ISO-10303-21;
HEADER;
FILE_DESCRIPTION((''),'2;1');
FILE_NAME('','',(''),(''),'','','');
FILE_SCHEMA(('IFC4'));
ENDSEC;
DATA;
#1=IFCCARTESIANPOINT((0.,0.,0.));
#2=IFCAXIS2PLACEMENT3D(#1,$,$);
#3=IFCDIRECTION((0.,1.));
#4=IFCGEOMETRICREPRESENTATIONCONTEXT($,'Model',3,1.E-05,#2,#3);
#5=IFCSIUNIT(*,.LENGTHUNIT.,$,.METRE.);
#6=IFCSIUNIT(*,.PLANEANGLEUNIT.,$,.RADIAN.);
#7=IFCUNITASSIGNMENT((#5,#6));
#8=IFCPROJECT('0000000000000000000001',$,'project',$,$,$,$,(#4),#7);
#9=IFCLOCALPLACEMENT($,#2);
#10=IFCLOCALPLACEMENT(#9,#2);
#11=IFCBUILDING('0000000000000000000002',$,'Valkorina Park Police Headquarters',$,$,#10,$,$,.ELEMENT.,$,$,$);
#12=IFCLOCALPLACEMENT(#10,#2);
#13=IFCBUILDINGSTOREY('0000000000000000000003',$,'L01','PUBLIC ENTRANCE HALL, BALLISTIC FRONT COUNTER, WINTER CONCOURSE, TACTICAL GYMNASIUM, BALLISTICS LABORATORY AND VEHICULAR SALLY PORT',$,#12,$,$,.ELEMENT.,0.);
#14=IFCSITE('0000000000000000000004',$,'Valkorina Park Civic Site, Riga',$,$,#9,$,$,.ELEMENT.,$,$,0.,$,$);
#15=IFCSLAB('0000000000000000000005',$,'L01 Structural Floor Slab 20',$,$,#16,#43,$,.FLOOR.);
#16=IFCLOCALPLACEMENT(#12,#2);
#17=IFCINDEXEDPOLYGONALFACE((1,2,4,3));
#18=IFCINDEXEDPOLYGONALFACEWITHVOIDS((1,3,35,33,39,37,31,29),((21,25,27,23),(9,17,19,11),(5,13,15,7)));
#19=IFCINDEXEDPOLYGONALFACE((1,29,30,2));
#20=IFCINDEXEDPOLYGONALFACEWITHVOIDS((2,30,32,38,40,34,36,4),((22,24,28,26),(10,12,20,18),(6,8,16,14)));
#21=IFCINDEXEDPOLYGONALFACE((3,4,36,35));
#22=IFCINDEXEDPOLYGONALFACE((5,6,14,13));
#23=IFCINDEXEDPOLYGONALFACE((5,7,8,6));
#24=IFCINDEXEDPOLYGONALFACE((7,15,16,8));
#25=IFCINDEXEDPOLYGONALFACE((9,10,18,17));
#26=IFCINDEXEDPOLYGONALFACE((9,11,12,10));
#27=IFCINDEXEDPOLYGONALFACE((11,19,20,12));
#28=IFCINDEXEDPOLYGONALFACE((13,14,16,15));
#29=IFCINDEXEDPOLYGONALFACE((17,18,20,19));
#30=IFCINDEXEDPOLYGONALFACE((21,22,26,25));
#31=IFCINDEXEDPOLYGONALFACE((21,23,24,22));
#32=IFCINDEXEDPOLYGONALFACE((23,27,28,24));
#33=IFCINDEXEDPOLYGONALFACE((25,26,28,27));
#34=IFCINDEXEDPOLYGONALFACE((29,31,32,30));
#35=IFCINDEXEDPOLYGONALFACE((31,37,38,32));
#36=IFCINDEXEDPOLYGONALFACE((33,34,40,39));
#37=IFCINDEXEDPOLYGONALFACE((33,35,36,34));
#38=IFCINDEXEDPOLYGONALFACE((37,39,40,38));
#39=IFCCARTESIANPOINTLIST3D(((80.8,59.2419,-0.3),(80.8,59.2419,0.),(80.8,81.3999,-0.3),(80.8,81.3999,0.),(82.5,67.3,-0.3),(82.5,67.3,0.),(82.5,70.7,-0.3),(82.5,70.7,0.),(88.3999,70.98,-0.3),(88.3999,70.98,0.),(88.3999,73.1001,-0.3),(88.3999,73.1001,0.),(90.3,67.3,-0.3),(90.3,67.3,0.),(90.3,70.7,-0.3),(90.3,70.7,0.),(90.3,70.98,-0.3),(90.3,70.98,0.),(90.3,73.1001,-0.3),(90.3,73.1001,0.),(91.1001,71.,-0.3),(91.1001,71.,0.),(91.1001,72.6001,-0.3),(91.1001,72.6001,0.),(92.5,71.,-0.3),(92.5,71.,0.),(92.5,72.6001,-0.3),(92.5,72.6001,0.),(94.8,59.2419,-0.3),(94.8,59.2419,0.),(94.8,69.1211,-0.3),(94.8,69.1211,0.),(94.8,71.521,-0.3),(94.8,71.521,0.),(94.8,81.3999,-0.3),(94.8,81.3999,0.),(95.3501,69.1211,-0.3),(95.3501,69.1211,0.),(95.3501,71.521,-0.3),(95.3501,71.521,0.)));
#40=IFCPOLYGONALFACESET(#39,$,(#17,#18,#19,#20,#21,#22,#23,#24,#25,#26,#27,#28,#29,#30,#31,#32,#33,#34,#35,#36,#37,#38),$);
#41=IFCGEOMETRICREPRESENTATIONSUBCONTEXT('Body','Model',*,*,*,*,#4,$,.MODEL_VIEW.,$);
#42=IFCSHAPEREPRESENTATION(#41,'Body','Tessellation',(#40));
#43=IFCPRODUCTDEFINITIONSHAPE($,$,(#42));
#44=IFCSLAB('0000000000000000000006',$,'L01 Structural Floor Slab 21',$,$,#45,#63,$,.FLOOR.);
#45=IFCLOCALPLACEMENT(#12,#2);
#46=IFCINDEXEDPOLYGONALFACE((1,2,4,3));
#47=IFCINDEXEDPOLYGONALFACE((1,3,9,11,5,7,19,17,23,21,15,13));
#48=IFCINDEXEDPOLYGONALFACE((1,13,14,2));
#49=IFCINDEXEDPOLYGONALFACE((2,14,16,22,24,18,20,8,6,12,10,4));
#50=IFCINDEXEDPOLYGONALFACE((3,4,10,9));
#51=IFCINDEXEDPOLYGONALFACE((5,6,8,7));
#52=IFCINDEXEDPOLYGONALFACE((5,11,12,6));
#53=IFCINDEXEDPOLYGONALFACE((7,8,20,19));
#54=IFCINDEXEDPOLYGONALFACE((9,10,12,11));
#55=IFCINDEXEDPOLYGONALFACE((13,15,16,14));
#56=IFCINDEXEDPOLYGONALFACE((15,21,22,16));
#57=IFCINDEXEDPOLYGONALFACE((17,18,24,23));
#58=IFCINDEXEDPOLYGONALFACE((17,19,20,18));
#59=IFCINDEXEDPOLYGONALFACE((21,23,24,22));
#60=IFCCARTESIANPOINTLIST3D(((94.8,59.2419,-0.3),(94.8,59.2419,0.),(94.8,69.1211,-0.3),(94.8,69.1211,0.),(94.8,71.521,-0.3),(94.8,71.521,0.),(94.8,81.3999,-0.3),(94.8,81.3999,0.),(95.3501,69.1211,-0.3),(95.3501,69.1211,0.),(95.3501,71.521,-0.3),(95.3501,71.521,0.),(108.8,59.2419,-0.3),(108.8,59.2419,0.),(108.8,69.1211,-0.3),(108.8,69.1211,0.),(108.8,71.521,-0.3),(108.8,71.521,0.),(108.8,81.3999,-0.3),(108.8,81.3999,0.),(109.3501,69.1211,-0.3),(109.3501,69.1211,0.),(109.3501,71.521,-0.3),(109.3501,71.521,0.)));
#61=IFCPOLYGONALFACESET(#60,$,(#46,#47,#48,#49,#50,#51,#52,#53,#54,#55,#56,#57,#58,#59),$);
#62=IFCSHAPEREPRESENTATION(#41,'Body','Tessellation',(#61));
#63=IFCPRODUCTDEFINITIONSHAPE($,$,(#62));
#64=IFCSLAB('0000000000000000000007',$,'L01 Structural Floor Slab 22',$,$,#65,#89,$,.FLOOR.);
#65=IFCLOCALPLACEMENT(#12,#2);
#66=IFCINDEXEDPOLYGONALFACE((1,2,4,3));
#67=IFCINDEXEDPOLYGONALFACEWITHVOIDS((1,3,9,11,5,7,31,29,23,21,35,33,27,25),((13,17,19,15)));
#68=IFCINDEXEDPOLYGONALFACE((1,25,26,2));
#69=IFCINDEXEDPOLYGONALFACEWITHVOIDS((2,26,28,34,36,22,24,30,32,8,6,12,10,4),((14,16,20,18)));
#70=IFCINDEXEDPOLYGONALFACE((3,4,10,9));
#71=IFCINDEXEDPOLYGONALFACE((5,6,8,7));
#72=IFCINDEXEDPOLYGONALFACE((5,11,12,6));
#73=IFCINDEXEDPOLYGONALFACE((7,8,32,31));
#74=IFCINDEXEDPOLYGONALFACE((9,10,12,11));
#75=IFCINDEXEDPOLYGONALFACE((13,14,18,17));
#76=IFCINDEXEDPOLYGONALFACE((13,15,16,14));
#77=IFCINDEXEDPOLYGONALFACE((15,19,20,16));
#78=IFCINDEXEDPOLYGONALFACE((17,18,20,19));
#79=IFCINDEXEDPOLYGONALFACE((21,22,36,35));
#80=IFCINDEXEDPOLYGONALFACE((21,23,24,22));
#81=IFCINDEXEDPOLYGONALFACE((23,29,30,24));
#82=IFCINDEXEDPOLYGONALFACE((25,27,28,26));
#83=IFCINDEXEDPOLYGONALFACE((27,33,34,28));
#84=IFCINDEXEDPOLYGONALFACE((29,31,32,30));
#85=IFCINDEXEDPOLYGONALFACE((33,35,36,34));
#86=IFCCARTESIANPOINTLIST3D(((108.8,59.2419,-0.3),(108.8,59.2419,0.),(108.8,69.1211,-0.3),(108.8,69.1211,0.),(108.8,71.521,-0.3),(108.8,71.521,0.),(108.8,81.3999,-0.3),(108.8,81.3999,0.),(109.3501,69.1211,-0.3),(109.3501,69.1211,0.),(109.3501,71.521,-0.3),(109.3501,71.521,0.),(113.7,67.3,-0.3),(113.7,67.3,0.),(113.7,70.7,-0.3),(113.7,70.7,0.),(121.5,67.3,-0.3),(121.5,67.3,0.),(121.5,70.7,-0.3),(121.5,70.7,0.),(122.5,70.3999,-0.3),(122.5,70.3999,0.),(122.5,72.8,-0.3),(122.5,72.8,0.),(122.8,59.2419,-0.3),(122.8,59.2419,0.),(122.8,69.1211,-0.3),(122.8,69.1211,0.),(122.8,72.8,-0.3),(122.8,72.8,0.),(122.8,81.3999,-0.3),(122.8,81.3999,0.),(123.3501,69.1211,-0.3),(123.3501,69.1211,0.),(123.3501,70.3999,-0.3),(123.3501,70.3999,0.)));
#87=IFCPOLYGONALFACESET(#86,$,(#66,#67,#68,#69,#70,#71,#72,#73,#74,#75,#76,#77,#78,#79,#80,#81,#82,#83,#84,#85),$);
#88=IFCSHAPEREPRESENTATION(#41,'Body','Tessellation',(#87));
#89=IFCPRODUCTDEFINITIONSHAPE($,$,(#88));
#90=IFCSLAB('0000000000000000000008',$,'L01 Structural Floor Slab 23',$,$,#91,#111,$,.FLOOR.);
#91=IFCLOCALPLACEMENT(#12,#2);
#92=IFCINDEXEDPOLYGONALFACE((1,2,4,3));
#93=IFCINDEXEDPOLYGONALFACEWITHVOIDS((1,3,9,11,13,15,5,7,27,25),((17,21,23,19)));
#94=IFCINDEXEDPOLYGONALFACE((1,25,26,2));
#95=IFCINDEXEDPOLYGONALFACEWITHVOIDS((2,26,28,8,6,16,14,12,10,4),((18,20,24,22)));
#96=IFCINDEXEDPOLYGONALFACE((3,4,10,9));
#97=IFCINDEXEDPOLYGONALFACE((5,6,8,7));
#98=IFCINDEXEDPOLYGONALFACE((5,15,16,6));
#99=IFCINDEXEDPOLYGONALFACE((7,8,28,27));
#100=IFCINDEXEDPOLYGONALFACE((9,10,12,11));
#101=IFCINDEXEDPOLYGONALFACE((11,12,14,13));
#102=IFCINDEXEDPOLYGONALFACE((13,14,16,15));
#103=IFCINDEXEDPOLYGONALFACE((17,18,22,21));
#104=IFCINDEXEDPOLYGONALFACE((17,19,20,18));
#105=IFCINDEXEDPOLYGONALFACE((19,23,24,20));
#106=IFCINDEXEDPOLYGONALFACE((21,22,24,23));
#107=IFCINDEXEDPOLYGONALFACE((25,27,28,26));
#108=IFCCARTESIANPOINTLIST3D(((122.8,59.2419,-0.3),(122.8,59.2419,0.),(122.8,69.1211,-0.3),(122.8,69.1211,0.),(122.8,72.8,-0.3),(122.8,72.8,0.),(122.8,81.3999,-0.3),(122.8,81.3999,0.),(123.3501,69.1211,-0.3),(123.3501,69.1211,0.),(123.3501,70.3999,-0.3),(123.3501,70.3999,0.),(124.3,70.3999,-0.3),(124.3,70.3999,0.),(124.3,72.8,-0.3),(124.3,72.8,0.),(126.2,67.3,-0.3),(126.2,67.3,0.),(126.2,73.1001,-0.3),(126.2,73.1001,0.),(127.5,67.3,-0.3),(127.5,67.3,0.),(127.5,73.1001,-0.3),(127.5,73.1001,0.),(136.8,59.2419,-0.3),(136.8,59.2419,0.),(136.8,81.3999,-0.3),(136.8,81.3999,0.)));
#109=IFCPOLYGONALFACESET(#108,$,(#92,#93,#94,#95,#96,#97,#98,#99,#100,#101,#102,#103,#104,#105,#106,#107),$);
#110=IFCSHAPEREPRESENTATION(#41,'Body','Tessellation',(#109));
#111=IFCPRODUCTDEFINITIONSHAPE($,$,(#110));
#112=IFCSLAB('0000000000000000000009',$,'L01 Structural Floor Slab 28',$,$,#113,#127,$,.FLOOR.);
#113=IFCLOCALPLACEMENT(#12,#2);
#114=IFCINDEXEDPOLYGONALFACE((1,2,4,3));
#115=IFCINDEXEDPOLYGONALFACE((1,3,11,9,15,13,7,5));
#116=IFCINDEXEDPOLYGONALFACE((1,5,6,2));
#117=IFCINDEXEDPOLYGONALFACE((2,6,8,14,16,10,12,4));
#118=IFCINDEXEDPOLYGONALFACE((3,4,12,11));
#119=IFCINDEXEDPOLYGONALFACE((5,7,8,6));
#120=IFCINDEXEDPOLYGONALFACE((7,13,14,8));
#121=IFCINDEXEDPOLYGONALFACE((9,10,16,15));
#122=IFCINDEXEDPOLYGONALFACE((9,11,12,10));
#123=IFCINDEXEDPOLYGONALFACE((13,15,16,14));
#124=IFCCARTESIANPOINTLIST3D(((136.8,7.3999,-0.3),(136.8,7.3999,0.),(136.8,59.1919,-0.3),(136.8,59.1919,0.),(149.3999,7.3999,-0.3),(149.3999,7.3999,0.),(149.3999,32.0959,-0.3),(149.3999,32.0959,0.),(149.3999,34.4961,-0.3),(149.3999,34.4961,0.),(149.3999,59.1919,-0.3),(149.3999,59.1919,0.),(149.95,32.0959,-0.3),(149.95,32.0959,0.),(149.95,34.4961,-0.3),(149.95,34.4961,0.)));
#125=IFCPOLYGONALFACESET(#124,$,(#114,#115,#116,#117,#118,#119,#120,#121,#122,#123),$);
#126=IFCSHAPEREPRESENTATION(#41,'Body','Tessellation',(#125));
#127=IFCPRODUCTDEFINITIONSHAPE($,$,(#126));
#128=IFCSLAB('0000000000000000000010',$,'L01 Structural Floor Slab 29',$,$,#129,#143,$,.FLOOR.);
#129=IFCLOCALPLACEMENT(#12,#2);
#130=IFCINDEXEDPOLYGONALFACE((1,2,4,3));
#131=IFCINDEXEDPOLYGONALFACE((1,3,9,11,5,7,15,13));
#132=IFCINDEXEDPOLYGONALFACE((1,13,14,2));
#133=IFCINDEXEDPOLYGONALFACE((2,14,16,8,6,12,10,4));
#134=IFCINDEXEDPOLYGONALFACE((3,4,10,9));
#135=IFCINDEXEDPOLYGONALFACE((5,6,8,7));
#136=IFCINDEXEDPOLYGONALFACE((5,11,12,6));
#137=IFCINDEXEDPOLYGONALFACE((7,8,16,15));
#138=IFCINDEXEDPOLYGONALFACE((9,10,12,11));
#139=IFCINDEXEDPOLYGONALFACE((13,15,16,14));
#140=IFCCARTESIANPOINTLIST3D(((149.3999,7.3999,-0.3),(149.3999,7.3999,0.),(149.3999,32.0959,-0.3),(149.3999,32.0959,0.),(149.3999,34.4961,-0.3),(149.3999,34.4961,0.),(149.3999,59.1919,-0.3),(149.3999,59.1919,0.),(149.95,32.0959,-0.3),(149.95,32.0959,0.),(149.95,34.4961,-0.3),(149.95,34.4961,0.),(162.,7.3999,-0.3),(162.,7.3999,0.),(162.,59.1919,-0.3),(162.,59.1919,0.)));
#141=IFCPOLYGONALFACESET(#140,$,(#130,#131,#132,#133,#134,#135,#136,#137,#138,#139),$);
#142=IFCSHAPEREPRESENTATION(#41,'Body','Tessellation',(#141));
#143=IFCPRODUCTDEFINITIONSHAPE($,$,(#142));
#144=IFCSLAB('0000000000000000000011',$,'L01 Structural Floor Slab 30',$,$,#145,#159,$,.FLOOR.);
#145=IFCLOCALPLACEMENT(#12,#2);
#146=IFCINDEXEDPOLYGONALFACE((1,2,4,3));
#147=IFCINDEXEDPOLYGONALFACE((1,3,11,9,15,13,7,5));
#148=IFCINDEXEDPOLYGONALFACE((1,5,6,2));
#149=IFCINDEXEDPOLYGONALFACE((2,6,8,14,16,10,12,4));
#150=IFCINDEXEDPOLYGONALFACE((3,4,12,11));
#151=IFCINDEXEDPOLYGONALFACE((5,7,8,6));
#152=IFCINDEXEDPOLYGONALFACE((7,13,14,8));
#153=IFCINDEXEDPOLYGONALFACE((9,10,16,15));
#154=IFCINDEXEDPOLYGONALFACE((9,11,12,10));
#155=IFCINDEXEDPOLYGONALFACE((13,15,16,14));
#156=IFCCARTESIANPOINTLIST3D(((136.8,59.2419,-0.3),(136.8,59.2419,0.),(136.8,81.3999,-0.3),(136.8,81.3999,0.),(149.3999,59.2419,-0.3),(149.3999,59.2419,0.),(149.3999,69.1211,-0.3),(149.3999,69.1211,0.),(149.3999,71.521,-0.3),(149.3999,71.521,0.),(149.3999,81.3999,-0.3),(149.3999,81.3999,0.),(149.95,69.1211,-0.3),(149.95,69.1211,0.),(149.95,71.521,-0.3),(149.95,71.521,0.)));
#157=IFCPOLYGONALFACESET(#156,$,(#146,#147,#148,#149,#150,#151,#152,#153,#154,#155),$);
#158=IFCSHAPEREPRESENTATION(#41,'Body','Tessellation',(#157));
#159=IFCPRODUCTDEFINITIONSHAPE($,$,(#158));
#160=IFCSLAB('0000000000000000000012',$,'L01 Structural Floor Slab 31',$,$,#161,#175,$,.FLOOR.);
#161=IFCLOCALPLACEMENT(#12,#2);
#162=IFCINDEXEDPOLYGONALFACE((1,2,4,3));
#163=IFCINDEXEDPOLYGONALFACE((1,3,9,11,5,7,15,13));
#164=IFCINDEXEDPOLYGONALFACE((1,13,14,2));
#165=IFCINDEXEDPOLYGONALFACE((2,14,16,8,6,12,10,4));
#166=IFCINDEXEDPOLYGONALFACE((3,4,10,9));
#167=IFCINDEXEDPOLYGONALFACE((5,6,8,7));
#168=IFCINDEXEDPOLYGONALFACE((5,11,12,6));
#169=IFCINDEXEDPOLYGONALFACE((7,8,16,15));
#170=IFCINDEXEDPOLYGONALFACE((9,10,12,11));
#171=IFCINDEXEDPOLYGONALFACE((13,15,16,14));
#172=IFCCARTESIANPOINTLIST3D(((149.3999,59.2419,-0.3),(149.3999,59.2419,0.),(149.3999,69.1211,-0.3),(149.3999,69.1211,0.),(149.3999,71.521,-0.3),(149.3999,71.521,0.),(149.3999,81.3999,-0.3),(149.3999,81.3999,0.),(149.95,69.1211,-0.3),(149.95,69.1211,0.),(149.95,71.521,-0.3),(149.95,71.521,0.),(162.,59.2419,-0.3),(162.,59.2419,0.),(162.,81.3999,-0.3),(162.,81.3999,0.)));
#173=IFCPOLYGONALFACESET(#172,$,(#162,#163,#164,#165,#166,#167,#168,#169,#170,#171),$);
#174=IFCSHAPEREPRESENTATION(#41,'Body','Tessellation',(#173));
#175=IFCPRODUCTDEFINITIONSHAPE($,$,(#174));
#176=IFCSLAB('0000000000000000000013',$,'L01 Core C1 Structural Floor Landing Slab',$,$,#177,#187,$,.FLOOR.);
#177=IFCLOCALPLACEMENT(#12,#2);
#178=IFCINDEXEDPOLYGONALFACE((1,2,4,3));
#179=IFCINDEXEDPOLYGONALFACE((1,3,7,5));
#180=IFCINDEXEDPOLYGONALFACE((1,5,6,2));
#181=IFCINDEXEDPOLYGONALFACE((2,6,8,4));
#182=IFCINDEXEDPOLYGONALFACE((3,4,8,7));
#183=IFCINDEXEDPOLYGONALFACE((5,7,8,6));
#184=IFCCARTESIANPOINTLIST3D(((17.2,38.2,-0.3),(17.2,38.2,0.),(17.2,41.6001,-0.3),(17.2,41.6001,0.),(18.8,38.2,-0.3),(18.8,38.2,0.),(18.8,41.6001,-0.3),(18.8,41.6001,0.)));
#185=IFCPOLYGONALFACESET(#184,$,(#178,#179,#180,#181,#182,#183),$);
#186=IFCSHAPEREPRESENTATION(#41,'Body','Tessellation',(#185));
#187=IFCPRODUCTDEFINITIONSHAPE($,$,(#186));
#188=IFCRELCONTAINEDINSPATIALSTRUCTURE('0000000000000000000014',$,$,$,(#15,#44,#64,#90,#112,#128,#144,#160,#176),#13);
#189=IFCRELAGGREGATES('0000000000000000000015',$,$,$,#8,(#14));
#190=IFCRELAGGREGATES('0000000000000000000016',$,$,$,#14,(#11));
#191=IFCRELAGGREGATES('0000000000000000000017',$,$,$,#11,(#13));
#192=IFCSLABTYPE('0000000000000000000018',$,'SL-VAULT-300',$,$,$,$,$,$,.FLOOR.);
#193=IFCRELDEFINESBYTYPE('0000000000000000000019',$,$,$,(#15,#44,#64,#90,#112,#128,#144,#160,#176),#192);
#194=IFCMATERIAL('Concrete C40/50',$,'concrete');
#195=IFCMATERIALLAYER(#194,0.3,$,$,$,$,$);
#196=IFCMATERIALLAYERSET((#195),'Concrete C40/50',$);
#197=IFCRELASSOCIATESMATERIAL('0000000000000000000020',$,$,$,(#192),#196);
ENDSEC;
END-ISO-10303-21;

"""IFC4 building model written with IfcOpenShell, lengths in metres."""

from ifc_helpers import new_model, si_unit, direction, frame, origin, place, context, subcontext, project, spatial, polyline, outline, extrude, material, layer, layer_set, type_object, element, save


model = new_model("IFC4")

# Units and contexts
model_context = context("Model", 3, precision=1e-05, world=origin(), true_north=direction((0.0, 1.0)))
body_context = subcontext(model_context, "Body", "Model", "MODEL_VIEW")
ifc_project = project(units=[si_unit("LENGTHUNIT", "METRE"), si_unit("PLANEANGLEUNIT", "RADIAN")], contexts=[model_context])

# Site, building, storey
site_placement = place(None, origin())
site = spatial("IfcSite", under=ifc_project, at=site_placement, Name="Valkorina Park Civic Site, Riga", CompositionType="ELEMENT", RefElevation=0.0)
building_placement = place(site_placement, origin())
building = spatial("IfcBuilding", under=site, at=building_placement, Name="Valkorina Park Police Headquarters", CompositionType="ELEMENT")
storey_placement = place(building_placement, origin())
storey = spatial("IfcBuildingStorey", under=building, at=storey_placement, Name="L01", Description="PUBLIC ENTRANCE HALL, BALLISTIC FRONT COUNTER, WINTER CONCOURSE, TACTICAL GYMNASIUM, BALLISTICS LABORATORY AND VEHICULAR SALLY PORT", CompositionType="ELEMENT", Elevation=0.0)

# Slabs
ifc_material_1 = material(Name="Concrete C40/50", Category="concrete")
ifc_layer_1 = layer(ifc_material_1, 0.3)
ifc_layer_set_1 = layer_set([ifc_layer_1], Name="Concrete C40/50")
slab_type_1 = type_object("IfcSlabType", Name="SL-VAULT-300", PredefinedType="FLOOR", material=ifc_layer_set_1)
slab_1_placement = place(storey_placement, frame((0.0, 0.0, -0.3)))
element("IfcSlab", 1, at=slab_1_placement, inside=storey, type_object=slab_type_1, Name="L01 Structural Floor Slab 20", PredefinedType="FLOOR", context=body_context, shape_type="SweptSolid", body=[
    extrude(outline(polyline([(94.8, 59.2419), (94.8, 69.1211), (95.3501, 69.1211), (95.3501, 71.521), (94.8, 71.521), (94.8, 81.3999), (80.8, 81.3999), (80.8, 59.2419), (94.8, 59.2419)]), holes=[polyline([(82.5, 70.7), (90.3, 70.7), (90.3, 67.3), (82.5, 67.3), (82.5, 70.7)]), polyline([(91.1001, 71.0), (91.1001, 72.6001), (92.5, 72.6001), (92.5, 71.0), (91.1001, 71.0)]), polyline([(90.3, 70.98), (88.3999, 70.98), (88.3999, 73.1001), (90.3, 73.1001), (90.3, 70.98)])]), origin(), (0.0, 0.0, 1.0), 0.3),
])
slab_2_placement = place(storey_placement, frame((0.0, 0.0, -0.3)))
element("IfcSlab", 2, at=slab_2_placement, inside=storey, type_object=slab_type_1, Name="L01 Structural Floor Slab 21", PredefinedType="FLOOR", context=body_context, shape_type="SweptSolid", body=[
    extrude(outline(polyline([(108.8, 81.3999), (94.8, 81.3999), (94.8, 71.521), (95.3501, 71.521), (95.3501, 69.1211), (94.8, 69.1211), (94.8, 59.2419), (108.8, 59.2419), (108.8, 69.1211), (109.3501, 69.1211), (109.3501, 71.521), (108.8, 71.521), (108.8, 81.3999)])), origin(), (0.0, 0.0, 1.0), 0.3),
])
slab_3_placement = place(storey_placement, frame((0.0, 0.0, -0.3)))
element("IfcSlab", 3, at=slab_3_placement, inside=storey, type_object=slab_type_1, Name="L01 Structural Floor Slab 22", PredefinedType="FLOOR", context=body_context, shape_type="SweptSolid", body=[
    extrude(outline(polyline([(122.8, 81.3999), (108.8, 81.3999), (108.8, 71.521), (109.3501, 71.521), (109.3501, 69.1211), (108.8, 69.1211), (108.8, 59.2419), (122.8, 59.2419), (122.8, 69.1211), (123.3501, 69.1211), (123.3501, 70.3999), (122.5, 70.3999), (122.5, 72.8), (122.8, 72.8), (122.8, 81.3999)]), holes=[polyline([(113.7, 70.7), (121.5, 70.7), (121.5, 67.3), (113.7, 67.3), (113.7, 70.7)])]), origin(), (0.0, 0.0, 1.0), 0.3),
])
slab_4_placement = place(storey_placement, frame((0.0, 0.0, -0.3)))
element("IfcSlab", 4, at=slab_4_placement, inside=storey, type_object=slab_type_1, Name="L01 Structural Floor Slab 23", PredefinedType="FLOOR", context=body_context, shape_type="SweptSolid", body=[
    extrude(outline(polyline([(122.8, 81.3999), (122.8, 72.8), (124.3, 72.8), (124.3, 70.3999), (123.3501, 70.3999), (123.3501, 69.1211), (122.8, 69.1211), (122.8, 59.2419), (136.8, 59.2419), (136.8, 81.3999), (122.8, 81.3999)]), holes=[polyline([(127.5, 67.3), (126.2, 67.3), (126.2, 73.1001), (127.5, 73.1001), (127.5, 67.3)])]), origin(), (0.0, 0.0, 1.0), 0.3),
])
slab_5_placement = place(storey_placement, frame((0.0, 0.0, -0.3)))
element("IfcSlab", 5, at=slab_5_placement, inside=storey, type_object=slab_type_1, Name="L01 Structural Floor Slab 28", PredefinedType="FLOOR", context=body_context, shape_type="SweptSolid", body=[
    extrude(outline(polyline([(149.3999, 7.3999), (149.3999, 32.0959), (149.95, 32.0959), (149.95, 34.4961), (149.3999, 34.4961), (149.3999, 59.1919), (136.8, 59.1919), (136.8, 7.3999), (149.3999, 7.3999)])), origin(), (0.0, 0.0, 1.0), 0.3),
])
slab_6_placement = place(storey_placement, frame((0.0, 0.0, -0.3)))
element("IfcSlab", 6, at=slab_6_placement, inside=storey, type_object=slab_type_1, Name="L01 Structural Floor Slab 29", PredefinedType="FLOOR", context=body_context, shape_type="SweptSolid", body=[
    extrude(outline(polyline([(149.3999, 59.1919), (149.3999, 34.4961), (149.95, 34.4961), (149.95, 32.0959), (149.3999, 32.0959), (149.3999, 7.3999), (162.0, 7.3999), (162.0, 59.1919), (149.3999, 59.1919)])), origin(), (0.0, 0.0, 1.0), 0.3),
])
slab_7_placement = place(storey_placement, frame((0.0, 0.0, -0.3)))
element("IfcSlab", 7, at=slab_7_placement, inside=storey, type_object=slab_type_1, Name="L01 Structural Floor Slab 30", PredefinedType="FLOOR", context=body_context, shape_type="SweptSolid", body=[
    extrude(outline(polyline([(149.3999, 59.2419), (149.3999, 69.1211), (149.95, 69.1211), (149.95, 71.521), (149.3999, 71.521), (149.3999, 81.3999), (136.8, 81.3999), (136.8, 59.2419), (149.3999, 59.2419)])), origin(), (0.0, 0.0, 1.0), 0.3),
])
slab_8_placement = place(storey_placement, frame((0.0, 0.0, -0.3)))
element("IfcSlab", 8, at=slab_8_placement, inside=storey, type_object=slab_type_1, Name="L01 Structural Floor Slab 31", PredefinedType="FLOOR", context=body_context, shape_type="SweptSolid", body=[
    extrude(outline(polyline([(149.3999, 81.3999), (149.3999, 71.521), (149.95, 71.521), (149.95, 69.1211), (149.3999, 69.1211), (149.3999, 59.2419), (162.0, 59.2419), (162.0, 81.3999), (149.3999, 81.3999)])), origin(), (0.0, 0.0, 1.0), 0.3),
])
slab_9_placement = place(storey_placement, frame((0.0, 0.0, -0.3)))
element("IfcSlab", 9, at=slab_9_placement, inside=storey, type_object=slab_type_1, Name="L01 Core C1 Structural Floor Landing Slab", PredefinedType="FLOOR", context=body_context, shape_type="SweptSolid", body=[
    extrude(outline(polyline([(17.2, 38.2), (18.8, 38.2), (18.8, 41.6001), (17.2, 41.6001), (17.2, 38.2)])), origin(), (0.0, 0.0, 1.0), 0.3),
])

save(model, "model.ifc")
